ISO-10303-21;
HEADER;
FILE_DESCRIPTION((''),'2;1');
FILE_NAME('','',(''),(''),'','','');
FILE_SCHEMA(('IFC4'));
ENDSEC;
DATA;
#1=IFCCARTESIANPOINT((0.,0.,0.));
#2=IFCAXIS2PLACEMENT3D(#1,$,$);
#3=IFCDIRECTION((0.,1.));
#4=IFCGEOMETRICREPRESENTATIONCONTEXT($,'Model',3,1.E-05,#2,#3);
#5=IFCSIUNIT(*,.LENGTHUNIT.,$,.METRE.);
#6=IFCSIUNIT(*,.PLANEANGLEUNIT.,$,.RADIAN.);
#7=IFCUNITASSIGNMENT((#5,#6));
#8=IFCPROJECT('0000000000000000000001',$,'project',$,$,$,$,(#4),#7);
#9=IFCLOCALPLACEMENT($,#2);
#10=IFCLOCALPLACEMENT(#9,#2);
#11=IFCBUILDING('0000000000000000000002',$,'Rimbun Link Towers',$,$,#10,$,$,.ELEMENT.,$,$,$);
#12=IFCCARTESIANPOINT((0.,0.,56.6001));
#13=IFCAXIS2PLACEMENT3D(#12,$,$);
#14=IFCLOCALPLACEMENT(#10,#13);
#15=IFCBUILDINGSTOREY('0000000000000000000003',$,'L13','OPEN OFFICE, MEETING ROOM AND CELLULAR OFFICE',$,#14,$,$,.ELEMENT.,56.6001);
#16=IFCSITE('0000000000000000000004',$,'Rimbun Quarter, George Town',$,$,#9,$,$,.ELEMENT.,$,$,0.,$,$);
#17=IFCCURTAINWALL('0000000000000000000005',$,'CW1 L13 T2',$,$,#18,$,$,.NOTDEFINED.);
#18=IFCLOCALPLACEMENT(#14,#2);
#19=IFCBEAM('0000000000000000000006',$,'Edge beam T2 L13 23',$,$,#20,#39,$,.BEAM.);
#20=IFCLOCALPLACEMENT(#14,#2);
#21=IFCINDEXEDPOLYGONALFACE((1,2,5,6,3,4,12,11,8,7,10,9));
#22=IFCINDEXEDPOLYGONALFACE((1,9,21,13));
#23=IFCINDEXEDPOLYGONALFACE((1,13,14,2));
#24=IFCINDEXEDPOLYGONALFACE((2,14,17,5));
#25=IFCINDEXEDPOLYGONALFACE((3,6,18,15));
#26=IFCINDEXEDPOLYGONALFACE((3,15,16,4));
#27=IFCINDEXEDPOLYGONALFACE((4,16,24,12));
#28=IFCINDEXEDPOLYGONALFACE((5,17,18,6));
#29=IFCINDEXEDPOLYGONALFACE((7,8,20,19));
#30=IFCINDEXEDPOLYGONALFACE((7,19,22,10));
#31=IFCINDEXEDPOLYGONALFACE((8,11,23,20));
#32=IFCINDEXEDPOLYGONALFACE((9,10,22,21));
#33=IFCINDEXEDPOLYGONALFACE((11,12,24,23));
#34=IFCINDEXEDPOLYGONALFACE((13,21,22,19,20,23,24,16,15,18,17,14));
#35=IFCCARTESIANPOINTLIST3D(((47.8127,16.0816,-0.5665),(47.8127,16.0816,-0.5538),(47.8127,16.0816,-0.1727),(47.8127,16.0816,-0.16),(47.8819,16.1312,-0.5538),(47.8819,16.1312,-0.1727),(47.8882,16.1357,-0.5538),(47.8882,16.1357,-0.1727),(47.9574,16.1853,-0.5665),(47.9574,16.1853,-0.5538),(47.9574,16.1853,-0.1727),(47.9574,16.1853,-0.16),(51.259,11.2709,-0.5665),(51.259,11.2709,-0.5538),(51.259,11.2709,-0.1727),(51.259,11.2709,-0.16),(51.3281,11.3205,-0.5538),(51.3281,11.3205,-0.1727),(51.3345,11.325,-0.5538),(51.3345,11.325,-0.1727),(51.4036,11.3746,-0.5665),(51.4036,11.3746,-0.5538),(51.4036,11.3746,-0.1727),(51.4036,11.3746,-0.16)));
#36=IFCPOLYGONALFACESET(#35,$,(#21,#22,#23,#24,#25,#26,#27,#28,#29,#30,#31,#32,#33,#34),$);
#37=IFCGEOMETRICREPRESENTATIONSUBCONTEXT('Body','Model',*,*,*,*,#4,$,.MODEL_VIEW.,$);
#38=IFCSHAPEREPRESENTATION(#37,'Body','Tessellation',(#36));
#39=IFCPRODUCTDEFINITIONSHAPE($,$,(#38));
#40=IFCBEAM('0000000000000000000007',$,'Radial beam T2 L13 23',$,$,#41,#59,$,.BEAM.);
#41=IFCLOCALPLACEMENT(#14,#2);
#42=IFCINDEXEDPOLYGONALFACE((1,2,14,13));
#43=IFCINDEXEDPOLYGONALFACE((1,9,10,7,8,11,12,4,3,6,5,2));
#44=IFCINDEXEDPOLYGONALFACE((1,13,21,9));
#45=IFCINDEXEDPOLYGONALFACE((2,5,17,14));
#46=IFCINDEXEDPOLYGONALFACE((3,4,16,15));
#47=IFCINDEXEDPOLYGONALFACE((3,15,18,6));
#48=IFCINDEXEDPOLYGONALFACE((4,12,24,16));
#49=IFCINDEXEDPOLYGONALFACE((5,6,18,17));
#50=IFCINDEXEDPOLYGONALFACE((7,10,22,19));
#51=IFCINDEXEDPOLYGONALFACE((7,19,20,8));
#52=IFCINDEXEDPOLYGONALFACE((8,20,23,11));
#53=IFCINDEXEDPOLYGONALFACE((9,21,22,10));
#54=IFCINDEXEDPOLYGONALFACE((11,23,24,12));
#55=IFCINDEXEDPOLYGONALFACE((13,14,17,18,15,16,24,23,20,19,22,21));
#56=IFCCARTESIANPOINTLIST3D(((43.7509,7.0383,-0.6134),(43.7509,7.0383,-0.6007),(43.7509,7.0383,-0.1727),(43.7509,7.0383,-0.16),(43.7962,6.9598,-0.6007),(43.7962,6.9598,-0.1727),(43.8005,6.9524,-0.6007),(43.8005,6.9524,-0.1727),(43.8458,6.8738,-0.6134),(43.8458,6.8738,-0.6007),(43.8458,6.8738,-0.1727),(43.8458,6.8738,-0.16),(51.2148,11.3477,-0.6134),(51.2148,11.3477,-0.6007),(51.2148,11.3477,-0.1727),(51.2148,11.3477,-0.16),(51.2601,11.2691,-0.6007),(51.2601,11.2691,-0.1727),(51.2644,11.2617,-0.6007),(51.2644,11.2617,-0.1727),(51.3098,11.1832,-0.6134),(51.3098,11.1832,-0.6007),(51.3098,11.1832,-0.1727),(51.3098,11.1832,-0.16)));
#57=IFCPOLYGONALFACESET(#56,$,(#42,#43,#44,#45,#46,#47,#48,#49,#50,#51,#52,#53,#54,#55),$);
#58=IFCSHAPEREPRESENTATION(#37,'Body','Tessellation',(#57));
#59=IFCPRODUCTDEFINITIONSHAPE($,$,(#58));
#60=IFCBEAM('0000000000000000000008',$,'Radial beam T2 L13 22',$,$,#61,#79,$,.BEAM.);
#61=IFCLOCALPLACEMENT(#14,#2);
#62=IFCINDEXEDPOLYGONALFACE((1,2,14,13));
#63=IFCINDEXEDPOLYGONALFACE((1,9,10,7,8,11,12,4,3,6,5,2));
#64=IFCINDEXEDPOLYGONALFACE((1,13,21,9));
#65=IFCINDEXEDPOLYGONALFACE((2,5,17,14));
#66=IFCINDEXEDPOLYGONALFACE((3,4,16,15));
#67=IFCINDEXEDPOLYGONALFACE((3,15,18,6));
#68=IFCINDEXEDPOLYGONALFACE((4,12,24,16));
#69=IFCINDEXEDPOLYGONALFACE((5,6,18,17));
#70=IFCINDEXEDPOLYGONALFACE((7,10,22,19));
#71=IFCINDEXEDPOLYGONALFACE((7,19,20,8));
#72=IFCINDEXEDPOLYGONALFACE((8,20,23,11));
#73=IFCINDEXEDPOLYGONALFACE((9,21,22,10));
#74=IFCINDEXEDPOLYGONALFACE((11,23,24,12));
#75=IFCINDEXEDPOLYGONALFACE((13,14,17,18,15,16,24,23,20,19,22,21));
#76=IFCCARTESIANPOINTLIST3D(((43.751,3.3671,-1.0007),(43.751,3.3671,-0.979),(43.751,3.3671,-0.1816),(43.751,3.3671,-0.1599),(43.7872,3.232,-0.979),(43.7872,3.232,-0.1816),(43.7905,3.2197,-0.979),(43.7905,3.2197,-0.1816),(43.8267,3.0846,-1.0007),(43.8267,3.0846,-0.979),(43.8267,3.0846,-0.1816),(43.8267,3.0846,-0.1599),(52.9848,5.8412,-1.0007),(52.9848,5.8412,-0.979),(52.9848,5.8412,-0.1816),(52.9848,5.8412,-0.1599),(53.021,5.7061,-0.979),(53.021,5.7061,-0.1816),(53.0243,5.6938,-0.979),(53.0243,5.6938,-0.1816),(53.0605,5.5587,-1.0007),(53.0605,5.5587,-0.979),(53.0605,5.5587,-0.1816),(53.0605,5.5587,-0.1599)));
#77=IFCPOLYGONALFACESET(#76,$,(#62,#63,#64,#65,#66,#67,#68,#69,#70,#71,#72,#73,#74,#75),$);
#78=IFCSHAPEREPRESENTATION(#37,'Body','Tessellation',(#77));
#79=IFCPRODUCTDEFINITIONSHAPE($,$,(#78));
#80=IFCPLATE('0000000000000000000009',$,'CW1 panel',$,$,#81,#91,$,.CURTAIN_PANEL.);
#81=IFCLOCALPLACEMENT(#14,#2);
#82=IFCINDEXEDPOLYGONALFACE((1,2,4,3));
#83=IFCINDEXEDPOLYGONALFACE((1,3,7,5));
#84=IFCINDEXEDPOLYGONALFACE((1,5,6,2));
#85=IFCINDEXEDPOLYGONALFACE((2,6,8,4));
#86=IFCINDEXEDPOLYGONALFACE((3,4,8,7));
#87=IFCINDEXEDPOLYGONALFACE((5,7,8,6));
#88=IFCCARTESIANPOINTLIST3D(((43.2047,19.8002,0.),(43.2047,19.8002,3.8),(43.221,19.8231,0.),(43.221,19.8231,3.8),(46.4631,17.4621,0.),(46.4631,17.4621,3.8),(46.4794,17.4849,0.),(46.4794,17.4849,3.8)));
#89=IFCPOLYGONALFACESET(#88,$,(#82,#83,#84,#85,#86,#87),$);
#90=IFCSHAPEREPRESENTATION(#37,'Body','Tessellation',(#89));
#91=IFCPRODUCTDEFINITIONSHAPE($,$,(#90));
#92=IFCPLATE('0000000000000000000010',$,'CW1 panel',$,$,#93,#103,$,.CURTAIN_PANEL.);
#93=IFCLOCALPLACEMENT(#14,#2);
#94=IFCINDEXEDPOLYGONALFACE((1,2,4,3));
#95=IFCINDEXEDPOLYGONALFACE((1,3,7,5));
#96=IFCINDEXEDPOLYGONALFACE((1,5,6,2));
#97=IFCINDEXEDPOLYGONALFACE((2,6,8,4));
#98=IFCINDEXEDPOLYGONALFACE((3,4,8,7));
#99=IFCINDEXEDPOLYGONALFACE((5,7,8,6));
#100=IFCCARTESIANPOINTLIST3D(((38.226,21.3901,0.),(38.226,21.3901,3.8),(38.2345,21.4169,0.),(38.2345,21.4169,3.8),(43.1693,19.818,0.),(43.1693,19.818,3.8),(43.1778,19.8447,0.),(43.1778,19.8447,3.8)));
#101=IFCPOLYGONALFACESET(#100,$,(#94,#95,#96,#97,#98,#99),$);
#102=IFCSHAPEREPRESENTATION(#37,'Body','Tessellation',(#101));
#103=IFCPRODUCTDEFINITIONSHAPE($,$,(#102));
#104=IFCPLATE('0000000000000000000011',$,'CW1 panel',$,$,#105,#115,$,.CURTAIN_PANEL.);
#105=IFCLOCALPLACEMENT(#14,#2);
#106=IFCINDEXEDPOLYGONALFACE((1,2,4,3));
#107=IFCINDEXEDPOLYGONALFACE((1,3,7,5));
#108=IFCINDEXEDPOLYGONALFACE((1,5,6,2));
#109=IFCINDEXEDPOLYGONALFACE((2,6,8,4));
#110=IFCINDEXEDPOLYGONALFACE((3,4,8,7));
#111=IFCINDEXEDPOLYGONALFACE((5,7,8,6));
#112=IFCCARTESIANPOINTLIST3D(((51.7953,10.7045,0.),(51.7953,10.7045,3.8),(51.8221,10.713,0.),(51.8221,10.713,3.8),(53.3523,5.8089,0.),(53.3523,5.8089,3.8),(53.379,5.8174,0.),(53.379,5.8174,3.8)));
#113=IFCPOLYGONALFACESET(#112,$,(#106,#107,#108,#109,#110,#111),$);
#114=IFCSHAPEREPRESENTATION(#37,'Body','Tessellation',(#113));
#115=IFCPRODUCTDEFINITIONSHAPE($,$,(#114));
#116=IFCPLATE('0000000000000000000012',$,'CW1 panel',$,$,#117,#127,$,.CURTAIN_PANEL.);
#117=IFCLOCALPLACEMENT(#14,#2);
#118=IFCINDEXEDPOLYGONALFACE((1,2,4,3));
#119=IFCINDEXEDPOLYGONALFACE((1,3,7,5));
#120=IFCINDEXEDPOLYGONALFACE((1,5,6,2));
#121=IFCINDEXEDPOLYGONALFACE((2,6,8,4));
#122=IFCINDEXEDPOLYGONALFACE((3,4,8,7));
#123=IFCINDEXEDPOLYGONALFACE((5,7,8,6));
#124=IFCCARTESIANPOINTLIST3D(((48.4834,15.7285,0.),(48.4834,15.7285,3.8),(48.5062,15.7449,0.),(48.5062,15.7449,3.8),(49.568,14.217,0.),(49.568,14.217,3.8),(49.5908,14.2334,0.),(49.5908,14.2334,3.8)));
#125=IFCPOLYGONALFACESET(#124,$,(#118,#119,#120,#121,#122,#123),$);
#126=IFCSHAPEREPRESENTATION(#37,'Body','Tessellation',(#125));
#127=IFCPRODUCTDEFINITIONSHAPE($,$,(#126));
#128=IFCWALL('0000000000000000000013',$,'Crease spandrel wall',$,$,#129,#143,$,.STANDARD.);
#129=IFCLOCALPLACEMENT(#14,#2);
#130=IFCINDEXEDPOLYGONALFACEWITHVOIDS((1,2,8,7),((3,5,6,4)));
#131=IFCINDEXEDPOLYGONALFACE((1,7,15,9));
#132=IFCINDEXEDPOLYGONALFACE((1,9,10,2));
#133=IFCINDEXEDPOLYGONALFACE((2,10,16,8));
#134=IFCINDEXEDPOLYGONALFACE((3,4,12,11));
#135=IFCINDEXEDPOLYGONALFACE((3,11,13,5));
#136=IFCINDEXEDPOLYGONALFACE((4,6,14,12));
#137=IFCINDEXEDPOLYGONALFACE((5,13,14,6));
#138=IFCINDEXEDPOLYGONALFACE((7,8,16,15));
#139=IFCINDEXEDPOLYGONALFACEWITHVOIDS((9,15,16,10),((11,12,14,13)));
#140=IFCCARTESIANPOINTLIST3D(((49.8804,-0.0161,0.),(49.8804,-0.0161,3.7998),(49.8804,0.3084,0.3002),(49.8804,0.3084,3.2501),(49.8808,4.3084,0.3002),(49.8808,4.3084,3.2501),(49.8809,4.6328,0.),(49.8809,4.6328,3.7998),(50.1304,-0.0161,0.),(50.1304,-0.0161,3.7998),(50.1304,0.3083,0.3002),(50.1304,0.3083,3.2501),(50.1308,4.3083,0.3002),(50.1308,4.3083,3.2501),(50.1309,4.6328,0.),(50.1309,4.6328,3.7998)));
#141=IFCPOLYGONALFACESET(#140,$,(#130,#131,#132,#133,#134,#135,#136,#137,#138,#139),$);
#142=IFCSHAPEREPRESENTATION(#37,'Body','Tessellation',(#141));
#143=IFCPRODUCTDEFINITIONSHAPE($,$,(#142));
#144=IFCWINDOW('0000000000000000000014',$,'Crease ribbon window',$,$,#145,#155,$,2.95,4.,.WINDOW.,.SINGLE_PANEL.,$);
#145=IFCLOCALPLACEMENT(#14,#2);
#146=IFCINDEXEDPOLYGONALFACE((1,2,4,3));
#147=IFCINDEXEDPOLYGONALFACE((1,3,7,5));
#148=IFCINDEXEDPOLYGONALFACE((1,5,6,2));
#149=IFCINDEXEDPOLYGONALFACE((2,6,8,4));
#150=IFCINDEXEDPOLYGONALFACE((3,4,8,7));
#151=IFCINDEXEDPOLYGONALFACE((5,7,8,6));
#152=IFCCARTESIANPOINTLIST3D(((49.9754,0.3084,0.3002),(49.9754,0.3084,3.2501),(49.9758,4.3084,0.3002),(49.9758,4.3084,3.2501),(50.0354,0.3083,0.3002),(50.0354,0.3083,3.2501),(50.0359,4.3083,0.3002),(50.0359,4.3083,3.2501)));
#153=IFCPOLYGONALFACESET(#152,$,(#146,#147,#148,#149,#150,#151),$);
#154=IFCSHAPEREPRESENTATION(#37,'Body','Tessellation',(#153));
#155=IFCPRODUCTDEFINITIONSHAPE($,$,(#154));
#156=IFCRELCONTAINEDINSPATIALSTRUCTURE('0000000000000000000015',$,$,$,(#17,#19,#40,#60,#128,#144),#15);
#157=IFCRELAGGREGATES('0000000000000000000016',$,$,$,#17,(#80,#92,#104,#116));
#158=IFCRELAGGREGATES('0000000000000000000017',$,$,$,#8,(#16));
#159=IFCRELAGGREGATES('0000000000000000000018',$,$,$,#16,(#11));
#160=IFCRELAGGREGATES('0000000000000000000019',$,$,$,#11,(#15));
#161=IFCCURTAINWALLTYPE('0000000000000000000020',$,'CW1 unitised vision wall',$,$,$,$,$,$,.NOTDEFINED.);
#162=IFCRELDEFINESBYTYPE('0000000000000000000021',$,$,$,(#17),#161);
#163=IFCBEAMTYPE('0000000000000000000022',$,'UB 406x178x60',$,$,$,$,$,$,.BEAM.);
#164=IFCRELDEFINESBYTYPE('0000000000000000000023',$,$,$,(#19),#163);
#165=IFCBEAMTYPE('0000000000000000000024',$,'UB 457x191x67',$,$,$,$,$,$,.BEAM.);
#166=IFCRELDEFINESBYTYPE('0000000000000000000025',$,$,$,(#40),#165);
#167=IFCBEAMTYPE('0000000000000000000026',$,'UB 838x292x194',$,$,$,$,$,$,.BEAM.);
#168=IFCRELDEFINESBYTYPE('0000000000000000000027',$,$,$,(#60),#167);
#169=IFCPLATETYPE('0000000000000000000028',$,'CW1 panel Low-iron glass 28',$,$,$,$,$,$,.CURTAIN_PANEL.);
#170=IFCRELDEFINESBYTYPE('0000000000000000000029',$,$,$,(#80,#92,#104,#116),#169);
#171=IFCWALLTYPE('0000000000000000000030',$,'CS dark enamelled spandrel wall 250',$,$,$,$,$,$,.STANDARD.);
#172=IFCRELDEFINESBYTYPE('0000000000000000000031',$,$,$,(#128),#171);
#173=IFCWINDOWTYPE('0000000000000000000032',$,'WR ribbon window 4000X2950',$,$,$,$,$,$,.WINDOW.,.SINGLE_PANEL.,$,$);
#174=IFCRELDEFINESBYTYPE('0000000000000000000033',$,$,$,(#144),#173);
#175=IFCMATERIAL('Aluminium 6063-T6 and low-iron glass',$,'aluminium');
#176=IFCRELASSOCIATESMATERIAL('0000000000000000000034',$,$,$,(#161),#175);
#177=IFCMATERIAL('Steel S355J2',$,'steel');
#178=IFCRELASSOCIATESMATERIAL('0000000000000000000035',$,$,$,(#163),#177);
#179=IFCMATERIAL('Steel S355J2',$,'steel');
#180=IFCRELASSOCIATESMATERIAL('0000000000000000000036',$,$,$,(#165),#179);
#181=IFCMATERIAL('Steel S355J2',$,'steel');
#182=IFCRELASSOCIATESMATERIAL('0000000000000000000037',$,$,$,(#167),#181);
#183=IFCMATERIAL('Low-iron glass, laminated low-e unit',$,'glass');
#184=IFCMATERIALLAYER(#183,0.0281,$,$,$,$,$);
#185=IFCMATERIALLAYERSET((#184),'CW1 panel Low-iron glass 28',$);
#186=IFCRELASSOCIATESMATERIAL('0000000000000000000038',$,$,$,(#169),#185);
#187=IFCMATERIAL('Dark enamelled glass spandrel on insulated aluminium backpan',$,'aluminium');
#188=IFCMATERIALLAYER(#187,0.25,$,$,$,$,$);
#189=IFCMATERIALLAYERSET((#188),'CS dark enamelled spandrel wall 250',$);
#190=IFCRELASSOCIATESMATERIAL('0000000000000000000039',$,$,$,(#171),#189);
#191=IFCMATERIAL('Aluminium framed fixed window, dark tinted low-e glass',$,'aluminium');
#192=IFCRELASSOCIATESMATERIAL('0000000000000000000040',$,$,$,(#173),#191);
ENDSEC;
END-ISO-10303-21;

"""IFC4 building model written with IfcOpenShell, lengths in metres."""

from ifc_helpers import new_model, si_unit, direction, frame, frame_2d, origin, origin_2d, place, context, subcontext, project, spatial, rectangle, i_section, extrude, material, layer, layer_set, material_profile, profile_set, type_object, element, fill, aggregate, save


model = new_model("IFC4")

# Units and contexts
model_context = context("Model", 3, precision=1e-05, world=origin(), true_north=direction((0.0, 1.0)))
body_context = subcontext(model_context, "Body", "Model", "MODEL_VIEW")
ifc_project = project(units=[si_unit("LENGTHUNIT", "METRE"), si_unit("PLANEANGLEUNIT", "RADIAN")], contexts=[model_context])

# Site, building, storey
site_placement = place(None, origin())
site = spatial("IfcSite", under=ifc_project, at=site_placement, Name="Rimbun Quarter, George Town", CompositionType="ELEMENT", RefElevation=0.0)
building_placement = place(site_placement, origin())
building = spatial("IfcBuilding", under=site, at=building_placement, Name="Rimbun Link Towers", CompositionType="ELEMENT")
storey_placement = place(building_placement, frame((0.0, 0.0, 56.6001)))
storey = spatial("IfcBuildingStorey", under=building, at=storey_placement, Name="L13", Description="OPEN OFFICE, MEETING ROOM AND CELLULAR OFFICE", CompositionType="ELEMENT", Elevation=56.6001)

# Curtain wall
ifc_material_1 = material(Name="Aluminium 6063-T6 and low-iron glass", Category="aluminium")
curtain_wall_type = type_object("IfcCurtainWallType", Name="CW1 unitised vision wall", PredefinedType="NOTDEFINED", material=ifc_material_1)
curtain_wall_placement = place(storey_placement, origin())
curtain_wall = element("IfcCurtainWall", 1, at=curtain_wall_placement, inside=storey, type_object=curtain_wall_type, Name="CW1 L13 T2", PredefinedType="NOTDEFINED")

# Beams
ifc_material_2 = material(Name="Steel S355J2", Category="steel")
ifc_material_profile_1 = material_profile(ifc_material_2, i_section(OverallWidth=0.178, OverallDepth=0.4065, WebThickness=0.0078, FlangeThickness=0.0127, at=origin_2d()), Name="UB 406x178x60")
ifc_profile_set_1 = profile_set([ifc_material_profile_1], Name="Steel S355J2")
beam_type_1 = type_object("IfcBeamType", Name="UB 406x178x60", PredefinedType="BEAM", material=ifc_profile_set_1)
beam_1_placement = place(storey_placement, frame((51.3313, 11.3228, -0.3633), z_axis=(-0.582358, 0.812933, 0.0), x_axis=(-0.812933, -0.582358, 0.0)))
element("IfcBeam", 2, at=beam_1_placement, inside=storey, type_object=beam_type_1, Name="Edge beam T2 L13 23", PredefinedType="BEAM", context=body_context, shape_type="SweptSolid", body=[
    extrude(i_section(OverallWidth=0.178, OverallDepth=0.4065, WebThickness=0.0078, FlangeThickness=0.0127, at=origin_2d()), origin(), (0.0, 0.0, 1.0), 5.9177),
])
ifc_material_3 = material(Name="Steel S355J2", Category="steel")
ifc_material_profile_2 = material_profile(ifc_material_3, i_section(OverallWidth=0.1899, OverallDepth=0.4534, WebThickness=0.0085, FlangeThickness=0.0127, at=origin_2d()), Name="UB 457x191x67")
ifc_profile_set_2 = profile_set([ifc_material_profile_2], Name="Steel S355J2")
beam_type_2 = type_object("IfcBeamType", Name="UB 457x191x67", PredefinedType="BEAM", material=ifc_profile_set_2)
beam_2_placement = place(storey_placement, frame((43.7983, 6.9561, -0.3867), z_axis=(0.866022, 0.500005, 0.0), x_axis=(-0.500005, 0.866022, 0.0)))
element("IfcBeam", 3, at=beam_2_placement, inside=storey, type_object=beam_type_2, Name="Radial beam T2 L13 23", PredefinedType="BEAM", context=body_context, shape_type="SweptSolid", body=[
    extrude(i_section(OverallWidth=0.1899, OverallDepth=0.4534, WebThickness=0.0085, FlangeThickness=0.0127, at=origin_2d()), origin(), (0.0, 0.0, 1.0), 8.6187),
])
ifc_material_4 = material(Name="Steel S355J2", Category="steel")
ifc_material_profile_3 = material_profile(ifc_material_4, i_section(OverallWidth=0.2925, OverallDepth=0.8408, WebThickness=0.0127, FlangeThickness=0.0217, at=origin_2d()), Name="UB 838x292x194")
ifc_profile_set_3 = profile_set([ifc_material_profile_3], Name="Steel S355J2")
beam_type_3 = type_object("IfcBeamType", Name="UB 838x292x194", PredefinedType="BEAM", material=ifc_profile_set_3)
beam_3_placement = place(storey_placement, frame((43.7888, 3.2258, -0.5803), z_axis=(0.965928, 0.25881, 0.0), x_axis=(-0.25881, 0.965928, 0.0)))
element("IfcBeam", 4, at=beam_3_placement, inside=storey, type_object=beam_type_3, Name="Radial beam T2 L13 22", PredefinedType="BEAM", context=body_context, shape_type="SweptSolid", body=[
    extrude(i_section(OverallWidth=0.2925, OverallDepth=0.8408, WebThickness=0.0127, FlangeThickness=0.0217, at=origin_2d()), origin(), (0.0, 0.0, 1.0), 9.5596),
])

# Plates
ifc_material_5 = material(Name="Low-iron glass, laminated low-e unit", Category="glass")
ifc_layer_1 = layer(ifc_material_5, 0.0281)
ifc_layer_set_1 = layer_set([ifc_layer_1], Name="CW1 panel Low-iron glass 28")
plate_type = type_object("IfcPlateType", Name="CW1 panel Low-iron glass 28", PredefinedType="CURTAIN_PANEL", material=ifc_layer_set_1)
plate_1_placement = place(storey_placement, frame((44.842, 18.6426, 0.0), z_axis=(0.0, 0.0, 1.0), x_axis=(0.812469, -0.583004, 0.0)))
plate_1 = element("IfcPlate", 5, at=plate_1_placement, type_object=plate_type, Name="CW1 panel", PredefinedType="CURTAIN_PANEL", context=body_context, shape_type="SweptSolid", body=[
    extrude(rectangle(XDim=4.0105, YDim=0.0281, at=origin_2d()), origin(), (0.0, 0.0, 1.0), 3.8),
])
plate_2_placement = place(storey_placement, frame((40.7019, 20.6174, 0.0), z_axis=(0.0, 0.0, 1.0), x_axis=(0.952967, -0.303073, 0.0)))
plate_2 = element("IfcPlate", 6, at=plate_2_placement, type_object=plate_type, Name="CW1 panel", PredefinedType="CURTAIN_PANEL", context=body_context, shape_type="SweptSolid", body=[
    extrude(rectangle(XDim=5.1873, YDim=0.0281, at=origin_2d()), origin(), (0.0, 0.0, 1.0), 3.8),
])
plate_3_placement = place(storey_placement, frame((52.5872, 8.261, 0.0), z_axis=(0.0, 0.0, 1.0), x_axis=(0.303073, -0.952967, 0.0)))
plate_3 = element("IfcPlate", 7, at=plate_3_placement, type_object=plate_type, Name="CW1 panel", PredefinedType="CURTAIN_PANEL", context=body_context, shape_type="SweptSolid", body=[
    extrude(rectangle(XDim=5.1372, YDim=0.0281, at=origin_2d()), origin(), (0.0, 0.0, 1.0), 3.8),
])
plate_4_placement = place(storey_placement, frame((49.0371, 14.981, 0.0), z_axis=(0.0, 0.0, 1.0), x_axis=(0.583004, -0.812469, 0.0)))
plate_4 = element("IfcPlate", 8, at=plate_4_placement, type_object=plate_type, Name="CW1 panel", PredefinedType="CURTAIN_PANEL", context=body_context, shape_type="SweptSolid", body=[
    extrude(rectangle(XDim=1.8604, YDim=0.0281, at=origin_2d()), origin(), (0.0, 0.0, 1.0), 3.8),
])
aggregate(curtain_wall, [plate_1, plate_2, plate_3, plate_4])

# Wall, opening, window
ifc_material_6 = material(Name="Dark enamelled glass spandrel on insulated aluminium backpan", Category="aluminium")
ifc_layer_2 = layer(ifc_material_6, 0.25)
ifc_layer_set_2 = layer_set([ifc_layer_2], Name="CS dark enamelled spandrel wall 250")
wall_type_1 = type_object("IfcWallType", Name="CS dark enamelled spandrel wall 250", PredefinedType="STANDARD", material=ifc_layer_set_2)
wall_1_placement = place(storey_placement, frame((50.0059, 4.6328, 0.0), z_axis=(0.0, 0.0, 1.0), x_axis=(-0.000105, -1.0, 0.0)))
wall_1 = element("IfcWall", 9, at=wall_1_placement, inside=storey, type_object=wall_type_1, Name="Crease spandrel wall", PredefinedType="STANDARD", context=body_context, shape_type="SweptSolid", body=[
    extrude(rectangle(XDim=4.6489, YDim=0.25, at=frame_2d((2.3245, 0.0))), origin(), (0.0, 0.0, 1.0), 3.7998),
])
opening_1_placement = place(wall_1_placement, frame((0.3245, 0.0, 0.3)))
opening_1 = element("IfcOpeningElement", 10, at=opening_1_placement, cuts=wall_1, PredefinedType="OPENING", context=body_context, shape_type="SweptSolid", body=[
    extrude(rectangle(XDim=4.0, YDim=2.95, at=frame_2d((2.0, 1.4751))), frame((0.0, 0.135, 0.0), z_axis=(0.0, -1.0, 0.0), x_axis=(1.0, 0.0, 0.0)), (0.0, 0.0, 1.0), 0.27),
])
ifc_material_7 = material(Name="Aluminium framed fixed window, dark tinted low-e glass", Category="aluminium")
window_type_1 = type_object("IfcWindowType", Name="WR ribbon window 4000X2950", PartitioningType="SINGLE_PANEL", PredefinedType="WINDOW", material=ifc_material_7)
window_1_placement = place(opening_1_placement, origin())
window_1 = element("IfcWindow", 11, at=window_1_placement, inside=storey, type_object=window_type_1, Name="Crease ribbon window", OverallHeight=2.95, OverallWidth=4.0, PartitioningType="SINGLE_PANEL", PredefinedType="WINDOW", context=body_context, shape_type="SweptSolid", body=[
    extrude(rectangle(XDim=4.0, YDim=2.95, at=frame_2d((2.0, 1.4751))), frame((0.0, 0.03, 0.0), z_axis=(0.0, -1.0, 0.0), x_axis=(1.0, 0.0, 0.0)), (0.0, 0.0, 1.0), 0.0601),
])
fill(opening_1, window_1)

save(model, "model.ifc")
